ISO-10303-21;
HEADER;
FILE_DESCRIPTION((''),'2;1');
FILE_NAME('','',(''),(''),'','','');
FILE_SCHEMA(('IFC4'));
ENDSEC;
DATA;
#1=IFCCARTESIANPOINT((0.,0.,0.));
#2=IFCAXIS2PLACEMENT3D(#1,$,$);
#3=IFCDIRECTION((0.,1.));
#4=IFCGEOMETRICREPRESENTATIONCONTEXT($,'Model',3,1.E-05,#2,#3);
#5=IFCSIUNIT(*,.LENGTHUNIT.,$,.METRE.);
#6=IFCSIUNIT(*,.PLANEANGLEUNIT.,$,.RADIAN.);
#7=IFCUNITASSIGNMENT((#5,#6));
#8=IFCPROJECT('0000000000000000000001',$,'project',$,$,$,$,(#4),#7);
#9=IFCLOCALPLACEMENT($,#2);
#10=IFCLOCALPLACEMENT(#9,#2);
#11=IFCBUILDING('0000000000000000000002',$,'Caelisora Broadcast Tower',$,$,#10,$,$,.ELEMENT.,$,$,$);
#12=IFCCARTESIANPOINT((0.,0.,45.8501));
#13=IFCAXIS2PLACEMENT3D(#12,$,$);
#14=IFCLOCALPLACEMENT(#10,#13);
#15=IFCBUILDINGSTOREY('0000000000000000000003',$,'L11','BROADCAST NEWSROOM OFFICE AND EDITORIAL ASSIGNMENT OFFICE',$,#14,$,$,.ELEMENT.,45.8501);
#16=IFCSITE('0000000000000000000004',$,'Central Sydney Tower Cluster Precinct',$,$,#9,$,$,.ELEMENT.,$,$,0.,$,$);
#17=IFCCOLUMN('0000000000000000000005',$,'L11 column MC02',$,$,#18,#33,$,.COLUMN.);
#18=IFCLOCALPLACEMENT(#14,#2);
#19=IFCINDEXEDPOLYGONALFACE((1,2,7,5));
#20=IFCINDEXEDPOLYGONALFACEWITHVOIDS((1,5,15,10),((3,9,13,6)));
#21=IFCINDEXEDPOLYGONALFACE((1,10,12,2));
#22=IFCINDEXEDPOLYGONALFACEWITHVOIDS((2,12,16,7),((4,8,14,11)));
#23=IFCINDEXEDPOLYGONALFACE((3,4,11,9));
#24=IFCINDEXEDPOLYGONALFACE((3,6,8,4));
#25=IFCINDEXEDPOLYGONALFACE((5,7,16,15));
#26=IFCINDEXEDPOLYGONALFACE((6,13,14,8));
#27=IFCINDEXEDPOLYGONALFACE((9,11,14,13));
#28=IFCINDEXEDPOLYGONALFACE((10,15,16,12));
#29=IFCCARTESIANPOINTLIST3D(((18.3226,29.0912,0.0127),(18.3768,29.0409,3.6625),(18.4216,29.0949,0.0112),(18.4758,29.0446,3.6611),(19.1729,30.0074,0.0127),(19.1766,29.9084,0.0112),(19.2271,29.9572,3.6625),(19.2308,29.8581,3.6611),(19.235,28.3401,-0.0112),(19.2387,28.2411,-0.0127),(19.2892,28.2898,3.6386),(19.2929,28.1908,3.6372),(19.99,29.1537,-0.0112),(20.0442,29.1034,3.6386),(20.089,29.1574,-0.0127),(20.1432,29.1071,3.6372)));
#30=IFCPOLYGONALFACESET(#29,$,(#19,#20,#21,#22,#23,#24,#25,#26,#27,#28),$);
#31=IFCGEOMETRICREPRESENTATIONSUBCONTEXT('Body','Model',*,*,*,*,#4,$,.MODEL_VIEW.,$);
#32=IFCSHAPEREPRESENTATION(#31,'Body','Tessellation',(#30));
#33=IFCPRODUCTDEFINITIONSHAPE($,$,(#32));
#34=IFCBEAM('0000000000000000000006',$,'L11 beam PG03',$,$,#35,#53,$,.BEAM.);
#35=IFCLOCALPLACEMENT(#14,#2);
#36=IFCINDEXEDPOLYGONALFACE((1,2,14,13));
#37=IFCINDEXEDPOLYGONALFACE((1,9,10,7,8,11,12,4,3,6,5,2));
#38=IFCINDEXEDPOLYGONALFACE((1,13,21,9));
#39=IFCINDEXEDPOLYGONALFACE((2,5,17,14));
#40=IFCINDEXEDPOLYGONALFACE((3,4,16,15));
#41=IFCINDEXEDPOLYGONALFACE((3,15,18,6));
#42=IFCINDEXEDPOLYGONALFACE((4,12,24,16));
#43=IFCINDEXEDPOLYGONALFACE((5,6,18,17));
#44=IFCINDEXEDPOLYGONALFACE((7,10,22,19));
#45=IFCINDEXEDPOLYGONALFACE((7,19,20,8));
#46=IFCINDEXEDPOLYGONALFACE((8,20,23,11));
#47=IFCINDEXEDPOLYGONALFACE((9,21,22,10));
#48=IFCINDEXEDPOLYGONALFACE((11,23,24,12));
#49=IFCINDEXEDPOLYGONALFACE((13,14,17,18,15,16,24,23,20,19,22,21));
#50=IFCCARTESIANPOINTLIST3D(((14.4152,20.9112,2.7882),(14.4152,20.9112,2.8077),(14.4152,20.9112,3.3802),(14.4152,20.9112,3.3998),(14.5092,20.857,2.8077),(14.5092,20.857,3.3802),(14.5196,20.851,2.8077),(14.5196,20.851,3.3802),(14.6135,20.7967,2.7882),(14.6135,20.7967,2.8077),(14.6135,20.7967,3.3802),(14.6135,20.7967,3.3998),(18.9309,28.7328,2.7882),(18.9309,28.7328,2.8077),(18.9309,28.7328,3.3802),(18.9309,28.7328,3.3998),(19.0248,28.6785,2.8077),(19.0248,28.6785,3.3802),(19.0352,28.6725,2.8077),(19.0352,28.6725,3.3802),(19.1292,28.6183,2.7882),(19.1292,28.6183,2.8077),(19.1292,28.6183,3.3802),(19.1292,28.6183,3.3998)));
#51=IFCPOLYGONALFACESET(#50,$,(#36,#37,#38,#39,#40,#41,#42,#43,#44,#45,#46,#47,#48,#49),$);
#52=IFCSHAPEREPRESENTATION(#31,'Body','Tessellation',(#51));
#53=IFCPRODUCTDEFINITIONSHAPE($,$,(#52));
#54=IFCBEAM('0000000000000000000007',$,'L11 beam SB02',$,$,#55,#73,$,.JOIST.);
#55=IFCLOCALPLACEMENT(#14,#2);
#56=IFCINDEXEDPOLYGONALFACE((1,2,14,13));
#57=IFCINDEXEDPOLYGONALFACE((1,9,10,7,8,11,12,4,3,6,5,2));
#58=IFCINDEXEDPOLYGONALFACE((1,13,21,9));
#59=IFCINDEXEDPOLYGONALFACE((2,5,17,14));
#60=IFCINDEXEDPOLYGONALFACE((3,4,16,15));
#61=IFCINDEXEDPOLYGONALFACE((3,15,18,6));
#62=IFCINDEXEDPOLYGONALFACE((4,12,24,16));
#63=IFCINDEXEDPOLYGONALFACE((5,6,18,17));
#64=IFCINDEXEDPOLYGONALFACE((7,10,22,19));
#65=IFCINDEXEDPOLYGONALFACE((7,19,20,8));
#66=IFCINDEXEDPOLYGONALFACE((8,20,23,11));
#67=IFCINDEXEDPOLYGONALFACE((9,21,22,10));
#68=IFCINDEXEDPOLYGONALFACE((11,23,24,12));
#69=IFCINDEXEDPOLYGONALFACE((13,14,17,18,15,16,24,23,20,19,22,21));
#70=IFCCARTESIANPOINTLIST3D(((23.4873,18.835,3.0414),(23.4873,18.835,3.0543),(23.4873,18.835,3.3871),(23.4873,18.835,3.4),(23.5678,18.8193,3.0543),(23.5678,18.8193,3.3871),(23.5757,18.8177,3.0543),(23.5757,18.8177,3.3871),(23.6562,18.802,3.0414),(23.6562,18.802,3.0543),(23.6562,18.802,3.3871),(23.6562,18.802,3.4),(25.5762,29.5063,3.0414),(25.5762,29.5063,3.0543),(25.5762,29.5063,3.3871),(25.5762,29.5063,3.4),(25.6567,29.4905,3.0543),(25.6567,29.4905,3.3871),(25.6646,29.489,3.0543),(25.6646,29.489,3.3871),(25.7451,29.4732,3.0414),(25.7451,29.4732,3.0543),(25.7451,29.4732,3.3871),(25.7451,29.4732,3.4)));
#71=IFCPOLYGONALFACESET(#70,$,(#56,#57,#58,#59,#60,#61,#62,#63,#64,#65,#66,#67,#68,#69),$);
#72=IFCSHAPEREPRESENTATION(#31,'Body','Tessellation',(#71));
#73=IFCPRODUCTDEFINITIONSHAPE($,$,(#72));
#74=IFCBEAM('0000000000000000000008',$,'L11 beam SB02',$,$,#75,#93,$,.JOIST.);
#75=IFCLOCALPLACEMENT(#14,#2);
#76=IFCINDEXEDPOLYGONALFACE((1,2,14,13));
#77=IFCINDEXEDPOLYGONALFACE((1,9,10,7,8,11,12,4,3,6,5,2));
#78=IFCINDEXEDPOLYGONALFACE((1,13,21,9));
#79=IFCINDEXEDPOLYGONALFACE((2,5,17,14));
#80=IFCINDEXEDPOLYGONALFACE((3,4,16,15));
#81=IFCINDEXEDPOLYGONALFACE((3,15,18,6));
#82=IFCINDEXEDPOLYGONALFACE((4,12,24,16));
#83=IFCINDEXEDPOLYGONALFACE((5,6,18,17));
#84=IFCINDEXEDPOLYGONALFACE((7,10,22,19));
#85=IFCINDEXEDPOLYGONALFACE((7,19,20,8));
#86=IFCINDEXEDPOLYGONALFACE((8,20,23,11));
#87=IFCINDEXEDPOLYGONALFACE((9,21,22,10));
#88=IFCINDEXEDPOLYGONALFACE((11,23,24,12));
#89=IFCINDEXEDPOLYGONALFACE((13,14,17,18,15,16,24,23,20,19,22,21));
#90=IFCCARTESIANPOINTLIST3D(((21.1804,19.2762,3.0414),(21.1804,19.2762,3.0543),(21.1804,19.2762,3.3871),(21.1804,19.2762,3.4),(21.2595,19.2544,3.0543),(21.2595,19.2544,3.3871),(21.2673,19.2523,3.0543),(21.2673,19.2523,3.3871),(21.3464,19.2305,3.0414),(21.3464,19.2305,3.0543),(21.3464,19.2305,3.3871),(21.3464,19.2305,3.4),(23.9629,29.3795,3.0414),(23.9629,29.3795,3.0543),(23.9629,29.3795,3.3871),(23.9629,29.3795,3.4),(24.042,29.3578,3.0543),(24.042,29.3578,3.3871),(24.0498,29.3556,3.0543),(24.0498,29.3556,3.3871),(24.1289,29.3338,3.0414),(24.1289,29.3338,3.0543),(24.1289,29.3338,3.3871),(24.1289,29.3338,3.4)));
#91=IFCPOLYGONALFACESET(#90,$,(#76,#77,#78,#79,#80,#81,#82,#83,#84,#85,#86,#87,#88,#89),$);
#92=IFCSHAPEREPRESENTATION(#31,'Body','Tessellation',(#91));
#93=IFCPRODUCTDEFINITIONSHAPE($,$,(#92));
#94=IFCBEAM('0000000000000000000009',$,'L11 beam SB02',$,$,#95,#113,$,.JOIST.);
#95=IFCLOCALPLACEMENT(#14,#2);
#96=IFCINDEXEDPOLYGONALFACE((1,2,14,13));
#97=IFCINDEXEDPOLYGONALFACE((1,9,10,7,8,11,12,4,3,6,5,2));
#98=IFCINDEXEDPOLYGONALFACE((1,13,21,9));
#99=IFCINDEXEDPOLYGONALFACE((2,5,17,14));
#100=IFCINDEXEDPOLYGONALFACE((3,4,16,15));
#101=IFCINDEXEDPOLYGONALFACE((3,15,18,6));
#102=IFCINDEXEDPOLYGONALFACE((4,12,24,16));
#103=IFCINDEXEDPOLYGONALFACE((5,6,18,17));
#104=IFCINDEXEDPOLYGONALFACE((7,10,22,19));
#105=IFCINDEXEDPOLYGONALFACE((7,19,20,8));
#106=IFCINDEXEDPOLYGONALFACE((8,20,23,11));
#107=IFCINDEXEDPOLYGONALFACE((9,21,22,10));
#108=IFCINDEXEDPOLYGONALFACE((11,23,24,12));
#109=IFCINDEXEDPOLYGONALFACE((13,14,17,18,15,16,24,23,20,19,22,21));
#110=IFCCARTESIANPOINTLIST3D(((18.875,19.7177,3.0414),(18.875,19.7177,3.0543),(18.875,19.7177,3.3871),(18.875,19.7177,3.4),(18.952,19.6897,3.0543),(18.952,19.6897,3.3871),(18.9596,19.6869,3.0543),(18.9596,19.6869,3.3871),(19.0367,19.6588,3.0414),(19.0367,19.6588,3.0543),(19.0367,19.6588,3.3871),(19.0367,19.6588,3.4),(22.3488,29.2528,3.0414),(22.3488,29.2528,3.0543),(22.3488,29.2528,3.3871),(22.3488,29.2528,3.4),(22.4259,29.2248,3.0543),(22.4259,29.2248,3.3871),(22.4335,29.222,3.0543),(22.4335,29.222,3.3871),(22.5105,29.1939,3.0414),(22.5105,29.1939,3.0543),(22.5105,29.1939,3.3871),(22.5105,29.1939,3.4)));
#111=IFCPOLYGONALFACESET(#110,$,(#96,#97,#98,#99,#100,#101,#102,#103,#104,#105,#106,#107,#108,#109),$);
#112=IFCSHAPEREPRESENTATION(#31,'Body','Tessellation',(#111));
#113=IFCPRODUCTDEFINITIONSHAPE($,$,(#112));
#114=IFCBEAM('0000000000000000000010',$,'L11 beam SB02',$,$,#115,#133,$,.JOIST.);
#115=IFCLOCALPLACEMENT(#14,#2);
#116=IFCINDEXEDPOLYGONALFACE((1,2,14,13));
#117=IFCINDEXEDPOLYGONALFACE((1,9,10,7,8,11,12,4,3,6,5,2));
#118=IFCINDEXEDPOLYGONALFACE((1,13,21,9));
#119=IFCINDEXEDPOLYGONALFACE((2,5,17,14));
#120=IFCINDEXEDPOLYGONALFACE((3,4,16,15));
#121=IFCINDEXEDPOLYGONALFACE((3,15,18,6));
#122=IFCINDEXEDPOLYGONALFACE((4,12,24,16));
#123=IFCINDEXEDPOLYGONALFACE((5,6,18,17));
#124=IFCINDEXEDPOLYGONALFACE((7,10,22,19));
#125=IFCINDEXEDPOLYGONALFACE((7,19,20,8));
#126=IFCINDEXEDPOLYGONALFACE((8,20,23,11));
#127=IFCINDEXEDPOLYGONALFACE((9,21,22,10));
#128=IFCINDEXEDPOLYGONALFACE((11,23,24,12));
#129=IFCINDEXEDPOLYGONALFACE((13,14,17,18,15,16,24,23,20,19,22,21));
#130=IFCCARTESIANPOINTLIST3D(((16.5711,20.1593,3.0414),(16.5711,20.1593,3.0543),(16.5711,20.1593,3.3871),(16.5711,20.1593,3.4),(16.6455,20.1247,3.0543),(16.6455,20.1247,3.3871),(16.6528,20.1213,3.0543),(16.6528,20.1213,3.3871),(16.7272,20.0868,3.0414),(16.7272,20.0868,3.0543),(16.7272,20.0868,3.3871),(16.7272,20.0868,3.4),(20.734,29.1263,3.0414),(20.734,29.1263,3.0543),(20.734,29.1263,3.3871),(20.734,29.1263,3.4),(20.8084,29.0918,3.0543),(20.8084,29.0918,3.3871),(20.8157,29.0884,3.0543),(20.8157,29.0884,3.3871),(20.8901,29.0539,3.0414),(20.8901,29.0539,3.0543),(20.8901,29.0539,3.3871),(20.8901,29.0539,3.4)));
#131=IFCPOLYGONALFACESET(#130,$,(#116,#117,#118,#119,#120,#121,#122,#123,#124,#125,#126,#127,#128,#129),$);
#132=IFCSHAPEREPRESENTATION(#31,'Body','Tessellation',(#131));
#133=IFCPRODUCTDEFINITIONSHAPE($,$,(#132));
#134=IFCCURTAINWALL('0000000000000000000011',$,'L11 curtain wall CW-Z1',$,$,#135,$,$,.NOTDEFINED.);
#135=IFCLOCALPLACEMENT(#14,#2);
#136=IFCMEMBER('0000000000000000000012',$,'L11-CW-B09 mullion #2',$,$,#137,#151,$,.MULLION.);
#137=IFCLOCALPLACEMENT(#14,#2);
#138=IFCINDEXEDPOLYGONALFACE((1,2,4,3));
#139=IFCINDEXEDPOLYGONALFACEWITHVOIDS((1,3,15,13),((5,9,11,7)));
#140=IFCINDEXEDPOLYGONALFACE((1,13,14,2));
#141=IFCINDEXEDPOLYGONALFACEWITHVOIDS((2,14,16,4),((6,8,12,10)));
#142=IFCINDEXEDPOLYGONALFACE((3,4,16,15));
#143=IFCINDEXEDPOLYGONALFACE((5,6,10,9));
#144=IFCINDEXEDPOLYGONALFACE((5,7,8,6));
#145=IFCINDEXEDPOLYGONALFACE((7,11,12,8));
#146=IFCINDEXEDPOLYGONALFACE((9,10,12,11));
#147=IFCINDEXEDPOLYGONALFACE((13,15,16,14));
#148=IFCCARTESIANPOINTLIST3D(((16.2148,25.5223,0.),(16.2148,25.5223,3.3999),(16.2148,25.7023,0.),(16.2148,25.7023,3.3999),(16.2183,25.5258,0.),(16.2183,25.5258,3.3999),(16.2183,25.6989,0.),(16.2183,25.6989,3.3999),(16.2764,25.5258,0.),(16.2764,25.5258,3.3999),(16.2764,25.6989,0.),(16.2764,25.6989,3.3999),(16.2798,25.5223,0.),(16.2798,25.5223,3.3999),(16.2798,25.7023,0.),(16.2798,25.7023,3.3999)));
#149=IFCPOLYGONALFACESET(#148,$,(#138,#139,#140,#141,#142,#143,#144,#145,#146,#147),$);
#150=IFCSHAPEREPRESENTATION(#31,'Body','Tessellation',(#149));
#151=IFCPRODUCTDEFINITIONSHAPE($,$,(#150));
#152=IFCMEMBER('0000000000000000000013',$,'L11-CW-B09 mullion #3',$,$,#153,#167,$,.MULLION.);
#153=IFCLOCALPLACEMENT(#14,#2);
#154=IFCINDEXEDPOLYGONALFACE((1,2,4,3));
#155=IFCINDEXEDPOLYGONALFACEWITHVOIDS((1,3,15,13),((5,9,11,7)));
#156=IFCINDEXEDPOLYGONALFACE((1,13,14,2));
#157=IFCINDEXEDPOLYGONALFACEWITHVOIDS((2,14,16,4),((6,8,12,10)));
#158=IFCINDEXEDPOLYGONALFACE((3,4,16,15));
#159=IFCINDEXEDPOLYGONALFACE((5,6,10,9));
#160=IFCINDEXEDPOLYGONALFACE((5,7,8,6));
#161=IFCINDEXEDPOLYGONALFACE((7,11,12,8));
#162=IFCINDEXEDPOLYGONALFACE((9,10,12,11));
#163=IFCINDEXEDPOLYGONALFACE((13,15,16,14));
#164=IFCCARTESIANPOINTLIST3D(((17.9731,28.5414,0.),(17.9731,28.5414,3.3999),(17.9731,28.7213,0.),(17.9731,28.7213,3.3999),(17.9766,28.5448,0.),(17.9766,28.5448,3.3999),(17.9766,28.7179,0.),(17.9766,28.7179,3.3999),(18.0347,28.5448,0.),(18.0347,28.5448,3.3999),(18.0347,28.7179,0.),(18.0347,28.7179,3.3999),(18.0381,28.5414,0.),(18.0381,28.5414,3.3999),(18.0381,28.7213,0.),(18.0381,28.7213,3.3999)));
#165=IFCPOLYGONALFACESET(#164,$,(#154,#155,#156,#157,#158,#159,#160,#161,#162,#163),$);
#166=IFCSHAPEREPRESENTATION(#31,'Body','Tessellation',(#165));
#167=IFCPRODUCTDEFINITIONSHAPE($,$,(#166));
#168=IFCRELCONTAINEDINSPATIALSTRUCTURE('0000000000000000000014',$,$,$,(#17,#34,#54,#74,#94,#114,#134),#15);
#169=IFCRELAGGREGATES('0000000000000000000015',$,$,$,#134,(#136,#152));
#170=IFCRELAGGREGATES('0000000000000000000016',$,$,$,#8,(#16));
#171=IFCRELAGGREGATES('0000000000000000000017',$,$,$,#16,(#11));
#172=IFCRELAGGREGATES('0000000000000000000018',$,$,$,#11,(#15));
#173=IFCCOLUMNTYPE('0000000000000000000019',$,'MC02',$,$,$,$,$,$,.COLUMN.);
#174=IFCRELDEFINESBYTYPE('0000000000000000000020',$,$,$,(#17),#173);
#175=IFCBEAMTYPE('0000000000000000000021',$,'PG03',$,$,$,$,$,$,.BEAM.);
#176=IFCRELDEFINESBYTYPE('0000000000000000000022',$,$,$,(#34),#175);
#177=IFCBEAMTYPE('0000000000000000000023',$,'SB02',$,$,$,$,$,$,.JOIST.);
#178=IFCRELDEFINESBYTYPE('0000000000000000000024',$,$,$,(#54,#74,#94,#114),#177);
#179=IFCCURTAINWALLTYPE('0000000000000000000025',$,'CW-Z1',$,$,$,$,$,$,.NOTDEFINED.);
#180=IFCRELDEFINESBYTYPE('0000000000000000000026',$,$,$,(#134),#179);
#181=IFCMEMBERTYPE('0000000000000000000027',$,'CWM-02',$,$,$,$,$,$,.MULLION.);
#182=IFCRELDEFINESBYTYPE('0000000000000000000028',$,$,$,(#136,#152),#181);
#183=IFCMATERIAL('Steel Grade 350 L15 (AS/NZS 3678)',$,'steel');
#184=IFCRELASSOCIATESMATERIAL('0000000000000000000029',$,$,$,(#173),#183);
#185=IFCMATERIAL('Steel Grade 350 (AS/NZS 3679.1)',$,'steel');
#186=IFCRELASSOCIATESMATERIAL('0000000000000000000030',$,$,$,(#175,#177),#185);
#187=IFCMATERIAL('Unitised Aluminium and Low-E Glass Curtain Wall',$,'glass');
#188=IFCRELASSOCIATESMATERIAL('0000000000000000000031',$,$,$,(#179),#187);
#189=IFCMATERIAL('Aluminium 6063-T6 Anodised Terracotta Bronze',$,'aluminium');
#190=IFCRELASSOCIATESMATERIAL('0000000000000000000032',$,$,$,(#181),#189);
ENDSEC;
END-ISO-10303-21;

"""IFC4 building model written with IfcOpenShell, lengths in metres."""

from ifc_helpers import new_model, si_unit, direction, frame, origin, origin_2d, place, context, subcontext, project, spatial, hollow_rectangle, i_section, extrude, source, transform, mapped, material, material_profile, profile_set, type_object, type_shapes, element, aggregate, save


model = new_model("IFC4")

# Units and contexts
model_context = context("Model", 3, precision=1e-05, world=origin(), true_north=direction((0.0, 1.0)))
body_context = subcontext(model_context, "Body", "Model", "MODEL_VIEW")
ifc_project = project(units=[si_unit("LENGTHUNIT", "METRE"), si_unit("PLANEANGLEUNIT", "RADIAN")], contexts=[model_context])

# Site, building, storey
site_placement = place(None, origin())
site = spatial("IfcSite", under=ifc_project, at=site_placement, Name="Central Sydney Tower Cluster Precinct", CompositionType="ELEMENT", RefElevation=0.0)
building_placement = place(site_placement, origin())
building = spatial("IfcBuilding", under=site, at=building_placement, Name="Caelisora Broadcast Tower", CompositionType="ELEMENT")
storey_placement = place(building_placement, frame((0.0, 0.0, 45.8501)))
storey = spatial("IfcBuildingStorey", under=building, at=storey_placement, Name="L11", Description="BROADCAST NEWSROOM OFFICE AND EDITORIAL ASSIGNMENT OFFICE", CompositionType="ELEMENT", Elevation=45.8501)

# Column
ifc_material_1 = material(Name="Steel Grade 350 L15 (AS/NZS 3678)", Category="steel")
ifc_material_profile_1 = material_profile(ifc_material_1, hollow_rectangle(XDim=1.25, YDim=1.25, WallThickness=0.0701, at=origin_2d()), Name="Steel Grade 350 L15 (AS/NZS 3678)")
ifc_profile_set_1 = profile_set([ifc_material_profile_1], Name="Steel Grade 350 L15 (AS/NZS 3678)")
column_type = type_object("IfcColumnType", Name="MC02", PredefinedType="COLUMN", material=ifc_profile_set_1)
shared_shape_1 = source(origin(), body_context, "Body", "SweptSolid", [
    extrude(hollow_rectangle(XDim=1.25, YDim=1.25, WallThickness=0.0701, at=origin_2d()), origin(), (0.0, 0.0, 1.0), 3.6506),
])
type_shapes(column_type, [shared_shape_1])
column_placement = place(storey_placement, frame((19.2058, 29.1243, 0.0), z_axis=(0.014846, -0.013776, 0.999795), x_axis=(0.680198, 0.733029, 0.0)))
element("IfcColumn", 1, at=column_placement, inside=storey, type_object=column_type, Name="L11 column MC02", PredefinedType="COLUMN", context=body_context, shape_type="MappedRepresentation", body=[
    mapped(shared_shape_1, transform((0.0, 0.0, 0.0), scale=1.0)),
])

# Beams
ifc_material_2 = material(Name="Steel Grade 350 (AS/NZS 3679.1)", Category="steel")
ifc_material_profile_2 = material_profile(ifc_material_2, i_section(OverallWidth=0.229, OverallDepth=0.6116, WebThickness=0.012, FlangeThickness=0.0195, at=origin_2d()), Name="Steel Grade 350 (AS/NZS 3679.1)")
ifc_profile_set_2 = profile_set([ifc_material_profile_2], Name="Steel Grade 350 (AS/NZS 3679.1)")
beam_type_1 = type_object("IfcBeamType", Name="PG03", PredefinedType="BEAM", material=ifc_profile_set_2)
shared_shape_2 = source(origin(), body_context, "Body", "SweptSolid", [
    extrude(i_section(OverallWidth=0.229, OverallDepth=0.6116, WebThickness=0.012, FlangeThickness=0.0195, at=origin_2d()), origin(), (0.0, 0.0, 1.0), 9.0315),
])
type_shapes(beam_type_1, [shared_shape_2])
beam_1_placement = place(storey_placement, frame((19.03, 28.6755, 3.094), z_axis=(-0.499988, -0.866032, 0.0), x_axis=(0.866032, -0.499988, 0.0)))
element("IfcBeam", 2, at=beam_1_placement, inside=storey, type_object=beam_type_1, Name="L11 beam PG03", PredefinedType="BEAM", context=body_context, shape_type="MappedRepresentation", body=[
    mapped(shared_shape_2, transform((0.0, 0.0, 0.0), scale=1.0)),
])
ifc_material_profile_3 = material_profile(ifc_material_2, i_section(OverallWidth=0.1721, OverallDepth=0.3586, WebThickness=0.0081, FlangeThickness=0.0129, at=origin_2d()), Name="Steel Grade 350 (AS/NZS 3679.1)")
ifc_profile_set_3 = profile_set([ifc_material_profile_3], Name="Steel Grade 350 (AS/NZS 3679.1)")
beam_type_2 = type_object("IfcBeamType", Name="SB02", PredefinedType="JOIST", material=ifc_profile_set_3)
shared_shape_3 = source(origin(), body_context, "Body", "SweptSolid", [
    extrude(i_section(OverallWidth=0.1721, OverallDepth=0.3586, WebThickness=0.0081, FlangeThickness=0.0129, at=origin_2d()), origin(), (0.0, 0.0, 1.0), 10.8738),
])
beam_2_placement = place(storey_placement, frame((25.6606, 29.4897, 3.2207), z_axis=(-0.192103, -0.981375, 0.0), x_axis=(0.981375, -0.192103, 0.0)))
element("IfcBeam", 3, at=beam_2_placement, inside=storey, type_object=beam_type_2, Name="L11 beam SB02", PredefinedType="JOIST", context=body_context, shape_type="MappedRepresentation", body=[
    mapped(shared_shape_3, transform((0.0, 0.0, 0.0), scale=1.0)),
])
shared_shape_4 = source(origin(), body_context, "Body", "SweptSolid", [
    extrude(i_section(OverallWidth=0.1721, OverallDepth=0.3586, WebThickness=0.0081, FlangeThickness=0.0129, at=origin_2d()), origin(), (0.0, 0.0, 1.0), 10.4795),
])
beam_3_placement = place(storey_placement, frame((24.0459, 29.3567, 3.2207), z_axis=(-0.265518, -0.964106, 0.0), x_axis=(0.964106, -0.265518, 0.0)))
element("IfcBeam", 4, at=beam_3_placement, inside=storey, type_object=beam_type_2, Name="L11 beam SB02", PredefinedType="JOIST", context=body_context, shape_type="MappedRepresentation", body=[
    mapped(shared_shape_4, transform((0.0, 0.0, 0.0), scale=1.0)),
])
shared_shape_5 = source(origin(), body_context, "Body", "SweptSolid", [
    extrude(i_section(OverallWidth=0.1721, OverallDepth=0.3586, WebThickness=0.0081, FlangeThickness=0.0129, at=origin_2d()), origin(), (0.0, 0.0, 1.0), 10.1482),
])
beam_4_placement = place(storey_placement, frame((22.4297, 29.2234, 3.2207), z_axis=(-0.342313, -0.939586, 0.0), x_axis=(0.939586, -0.342313, 0.0)))
element("IfcBeam", 5, at=beam_4_placement, inside=storey, type_object=beam_type_2, Name="L11 beam SB02", PredefinedType="JOIST", context=body_context, shape_type="MappedRepresentation", body=[
    mapped(shared_shape_5, transform((0.0, 0.0, 0.0), scale=1.0)),
])
shared_shape_6 = source(origin(), body_context, "Body", "SweptSolid", [
    extrude(i_section(OverallWidth=0.1721, OverallDepth=0.3586, WebThickness=0.0081, FlangeThickness=0.0129, at=origin_2d()), origin(), (0.0, 0.0, 1.0), 9.8862),
])
type_shapes(beam_type_2, [shared_shape_3, shared_shape_4, shared_shape_5, shared_shape_6])
beam_5_placement = place(storey_placement, frame((20.812, 29.0901, 3.2207), z_axis=(-0.421076, -0.907025, 0.0), x_axis=(0.907025, -0.421076, 0.0)))
element("IfcBeam", 6, at=beam_5_placement, inside=storey, type_object=beam_type_2, Name="L11 beam SB02", PredefinedType="JOIST", context=body_context, shape_type="MappedRepresentation", body=[
    mapped(shared_shape_6, transform((0.0, 0.0, 0.0), scale=1.0)),
])

# Curtain wall, members
ifc_material_3 = material(Name="Unitised Aluminium and Low-E Glass Curtain Wall", Category="glass")
curtain_wall_type_1 = type_object("IfcCurtainWallType", Name="CW-Z1", PredefinedType="NOTDEFINED", material=ifc_material_3)
curtain_wall_1_placement = place(storey_placement, origin())
curtain_wall_1 = element("IfcCurtainWall", 7, at=curtain_wall_1_placement, inside=storey, type_object=curtain_wall_type_1, Name="L11 curtain wall CW-Z1", PredefinedType="NOTDEFINED")
ifc_material_4 = material(Name="Aluminium 6063-T6 Anodised Terracotta Bronze", Category="aluminium")
ifc_material_profile_4 = material_profile(ifc_material_4, hollow_rectangle(XDim=0.0649, YDim=0.1799, WallThickness=0.0034, at=origin_2d()), Name="Aluminium 6063-T6 Anodised Terracotta Bronze")
ifc_profile_set_4 = profile_set([ifc_material_profile_4], Name="Aluminium 6063-T6 Anodised Terracotta Bronze")
member_type_1 = type_object("IfcMemberType", Name="CWM-02", PredefinedType="MULLION", material=ifc_profile_set_4)
shared_shape_7 = source(origin(), body_context, "Body", "SweptSolid", [
    extrude(hollow_rectangle(XDim=0.0649, YDim=0.1799, WallThickness=0.0034, at=origin_2d()), origin(), (0.0, 0.0, 1.0), 3.3999),
])
type_shapes(member_type_1, [shared_shape_7])
member_1_placement = place(storey_placement, frame((16.2473, 25.6123, 0.0), z_axis=(0.0, 0.0, 1.0), x_axis=(1.0, 0.0, 0.0)))
member_1 = element("IfcMember", 8, at=member_1_placement, type_object=member_type_1, Name="L11-CW-B09 mullion #2", PredefinedType="MULLION", context=body_context, shape_type="MappedRepresentation", body=[
    mapped(shared_shape_7, transform((0.0, 0.0, 0.0), scale=1.0)),
])
member_2_placement = place(storey_placement, frame((18.0056, 28.6313, 0.0), z_axis=(0.0, 0.0, 1.0), x_axis=(1.0, 0.0, 0.0)))
member_2 = element("IfcMember", 9, at=member_2_placement, type_object=member_type_1, Name="L11-CW-B09 mullion #3", PredefinedType="MULLION", context=body_context, shape_type="MappedRepresentation", body=[
    mapped(shared_shape_7, transform((0.0, 0.0, 0.0), scale=1.0)),
])

aggregate(curtain_wall_1, [member_1, member_2])

save(model, "model.ifc")
